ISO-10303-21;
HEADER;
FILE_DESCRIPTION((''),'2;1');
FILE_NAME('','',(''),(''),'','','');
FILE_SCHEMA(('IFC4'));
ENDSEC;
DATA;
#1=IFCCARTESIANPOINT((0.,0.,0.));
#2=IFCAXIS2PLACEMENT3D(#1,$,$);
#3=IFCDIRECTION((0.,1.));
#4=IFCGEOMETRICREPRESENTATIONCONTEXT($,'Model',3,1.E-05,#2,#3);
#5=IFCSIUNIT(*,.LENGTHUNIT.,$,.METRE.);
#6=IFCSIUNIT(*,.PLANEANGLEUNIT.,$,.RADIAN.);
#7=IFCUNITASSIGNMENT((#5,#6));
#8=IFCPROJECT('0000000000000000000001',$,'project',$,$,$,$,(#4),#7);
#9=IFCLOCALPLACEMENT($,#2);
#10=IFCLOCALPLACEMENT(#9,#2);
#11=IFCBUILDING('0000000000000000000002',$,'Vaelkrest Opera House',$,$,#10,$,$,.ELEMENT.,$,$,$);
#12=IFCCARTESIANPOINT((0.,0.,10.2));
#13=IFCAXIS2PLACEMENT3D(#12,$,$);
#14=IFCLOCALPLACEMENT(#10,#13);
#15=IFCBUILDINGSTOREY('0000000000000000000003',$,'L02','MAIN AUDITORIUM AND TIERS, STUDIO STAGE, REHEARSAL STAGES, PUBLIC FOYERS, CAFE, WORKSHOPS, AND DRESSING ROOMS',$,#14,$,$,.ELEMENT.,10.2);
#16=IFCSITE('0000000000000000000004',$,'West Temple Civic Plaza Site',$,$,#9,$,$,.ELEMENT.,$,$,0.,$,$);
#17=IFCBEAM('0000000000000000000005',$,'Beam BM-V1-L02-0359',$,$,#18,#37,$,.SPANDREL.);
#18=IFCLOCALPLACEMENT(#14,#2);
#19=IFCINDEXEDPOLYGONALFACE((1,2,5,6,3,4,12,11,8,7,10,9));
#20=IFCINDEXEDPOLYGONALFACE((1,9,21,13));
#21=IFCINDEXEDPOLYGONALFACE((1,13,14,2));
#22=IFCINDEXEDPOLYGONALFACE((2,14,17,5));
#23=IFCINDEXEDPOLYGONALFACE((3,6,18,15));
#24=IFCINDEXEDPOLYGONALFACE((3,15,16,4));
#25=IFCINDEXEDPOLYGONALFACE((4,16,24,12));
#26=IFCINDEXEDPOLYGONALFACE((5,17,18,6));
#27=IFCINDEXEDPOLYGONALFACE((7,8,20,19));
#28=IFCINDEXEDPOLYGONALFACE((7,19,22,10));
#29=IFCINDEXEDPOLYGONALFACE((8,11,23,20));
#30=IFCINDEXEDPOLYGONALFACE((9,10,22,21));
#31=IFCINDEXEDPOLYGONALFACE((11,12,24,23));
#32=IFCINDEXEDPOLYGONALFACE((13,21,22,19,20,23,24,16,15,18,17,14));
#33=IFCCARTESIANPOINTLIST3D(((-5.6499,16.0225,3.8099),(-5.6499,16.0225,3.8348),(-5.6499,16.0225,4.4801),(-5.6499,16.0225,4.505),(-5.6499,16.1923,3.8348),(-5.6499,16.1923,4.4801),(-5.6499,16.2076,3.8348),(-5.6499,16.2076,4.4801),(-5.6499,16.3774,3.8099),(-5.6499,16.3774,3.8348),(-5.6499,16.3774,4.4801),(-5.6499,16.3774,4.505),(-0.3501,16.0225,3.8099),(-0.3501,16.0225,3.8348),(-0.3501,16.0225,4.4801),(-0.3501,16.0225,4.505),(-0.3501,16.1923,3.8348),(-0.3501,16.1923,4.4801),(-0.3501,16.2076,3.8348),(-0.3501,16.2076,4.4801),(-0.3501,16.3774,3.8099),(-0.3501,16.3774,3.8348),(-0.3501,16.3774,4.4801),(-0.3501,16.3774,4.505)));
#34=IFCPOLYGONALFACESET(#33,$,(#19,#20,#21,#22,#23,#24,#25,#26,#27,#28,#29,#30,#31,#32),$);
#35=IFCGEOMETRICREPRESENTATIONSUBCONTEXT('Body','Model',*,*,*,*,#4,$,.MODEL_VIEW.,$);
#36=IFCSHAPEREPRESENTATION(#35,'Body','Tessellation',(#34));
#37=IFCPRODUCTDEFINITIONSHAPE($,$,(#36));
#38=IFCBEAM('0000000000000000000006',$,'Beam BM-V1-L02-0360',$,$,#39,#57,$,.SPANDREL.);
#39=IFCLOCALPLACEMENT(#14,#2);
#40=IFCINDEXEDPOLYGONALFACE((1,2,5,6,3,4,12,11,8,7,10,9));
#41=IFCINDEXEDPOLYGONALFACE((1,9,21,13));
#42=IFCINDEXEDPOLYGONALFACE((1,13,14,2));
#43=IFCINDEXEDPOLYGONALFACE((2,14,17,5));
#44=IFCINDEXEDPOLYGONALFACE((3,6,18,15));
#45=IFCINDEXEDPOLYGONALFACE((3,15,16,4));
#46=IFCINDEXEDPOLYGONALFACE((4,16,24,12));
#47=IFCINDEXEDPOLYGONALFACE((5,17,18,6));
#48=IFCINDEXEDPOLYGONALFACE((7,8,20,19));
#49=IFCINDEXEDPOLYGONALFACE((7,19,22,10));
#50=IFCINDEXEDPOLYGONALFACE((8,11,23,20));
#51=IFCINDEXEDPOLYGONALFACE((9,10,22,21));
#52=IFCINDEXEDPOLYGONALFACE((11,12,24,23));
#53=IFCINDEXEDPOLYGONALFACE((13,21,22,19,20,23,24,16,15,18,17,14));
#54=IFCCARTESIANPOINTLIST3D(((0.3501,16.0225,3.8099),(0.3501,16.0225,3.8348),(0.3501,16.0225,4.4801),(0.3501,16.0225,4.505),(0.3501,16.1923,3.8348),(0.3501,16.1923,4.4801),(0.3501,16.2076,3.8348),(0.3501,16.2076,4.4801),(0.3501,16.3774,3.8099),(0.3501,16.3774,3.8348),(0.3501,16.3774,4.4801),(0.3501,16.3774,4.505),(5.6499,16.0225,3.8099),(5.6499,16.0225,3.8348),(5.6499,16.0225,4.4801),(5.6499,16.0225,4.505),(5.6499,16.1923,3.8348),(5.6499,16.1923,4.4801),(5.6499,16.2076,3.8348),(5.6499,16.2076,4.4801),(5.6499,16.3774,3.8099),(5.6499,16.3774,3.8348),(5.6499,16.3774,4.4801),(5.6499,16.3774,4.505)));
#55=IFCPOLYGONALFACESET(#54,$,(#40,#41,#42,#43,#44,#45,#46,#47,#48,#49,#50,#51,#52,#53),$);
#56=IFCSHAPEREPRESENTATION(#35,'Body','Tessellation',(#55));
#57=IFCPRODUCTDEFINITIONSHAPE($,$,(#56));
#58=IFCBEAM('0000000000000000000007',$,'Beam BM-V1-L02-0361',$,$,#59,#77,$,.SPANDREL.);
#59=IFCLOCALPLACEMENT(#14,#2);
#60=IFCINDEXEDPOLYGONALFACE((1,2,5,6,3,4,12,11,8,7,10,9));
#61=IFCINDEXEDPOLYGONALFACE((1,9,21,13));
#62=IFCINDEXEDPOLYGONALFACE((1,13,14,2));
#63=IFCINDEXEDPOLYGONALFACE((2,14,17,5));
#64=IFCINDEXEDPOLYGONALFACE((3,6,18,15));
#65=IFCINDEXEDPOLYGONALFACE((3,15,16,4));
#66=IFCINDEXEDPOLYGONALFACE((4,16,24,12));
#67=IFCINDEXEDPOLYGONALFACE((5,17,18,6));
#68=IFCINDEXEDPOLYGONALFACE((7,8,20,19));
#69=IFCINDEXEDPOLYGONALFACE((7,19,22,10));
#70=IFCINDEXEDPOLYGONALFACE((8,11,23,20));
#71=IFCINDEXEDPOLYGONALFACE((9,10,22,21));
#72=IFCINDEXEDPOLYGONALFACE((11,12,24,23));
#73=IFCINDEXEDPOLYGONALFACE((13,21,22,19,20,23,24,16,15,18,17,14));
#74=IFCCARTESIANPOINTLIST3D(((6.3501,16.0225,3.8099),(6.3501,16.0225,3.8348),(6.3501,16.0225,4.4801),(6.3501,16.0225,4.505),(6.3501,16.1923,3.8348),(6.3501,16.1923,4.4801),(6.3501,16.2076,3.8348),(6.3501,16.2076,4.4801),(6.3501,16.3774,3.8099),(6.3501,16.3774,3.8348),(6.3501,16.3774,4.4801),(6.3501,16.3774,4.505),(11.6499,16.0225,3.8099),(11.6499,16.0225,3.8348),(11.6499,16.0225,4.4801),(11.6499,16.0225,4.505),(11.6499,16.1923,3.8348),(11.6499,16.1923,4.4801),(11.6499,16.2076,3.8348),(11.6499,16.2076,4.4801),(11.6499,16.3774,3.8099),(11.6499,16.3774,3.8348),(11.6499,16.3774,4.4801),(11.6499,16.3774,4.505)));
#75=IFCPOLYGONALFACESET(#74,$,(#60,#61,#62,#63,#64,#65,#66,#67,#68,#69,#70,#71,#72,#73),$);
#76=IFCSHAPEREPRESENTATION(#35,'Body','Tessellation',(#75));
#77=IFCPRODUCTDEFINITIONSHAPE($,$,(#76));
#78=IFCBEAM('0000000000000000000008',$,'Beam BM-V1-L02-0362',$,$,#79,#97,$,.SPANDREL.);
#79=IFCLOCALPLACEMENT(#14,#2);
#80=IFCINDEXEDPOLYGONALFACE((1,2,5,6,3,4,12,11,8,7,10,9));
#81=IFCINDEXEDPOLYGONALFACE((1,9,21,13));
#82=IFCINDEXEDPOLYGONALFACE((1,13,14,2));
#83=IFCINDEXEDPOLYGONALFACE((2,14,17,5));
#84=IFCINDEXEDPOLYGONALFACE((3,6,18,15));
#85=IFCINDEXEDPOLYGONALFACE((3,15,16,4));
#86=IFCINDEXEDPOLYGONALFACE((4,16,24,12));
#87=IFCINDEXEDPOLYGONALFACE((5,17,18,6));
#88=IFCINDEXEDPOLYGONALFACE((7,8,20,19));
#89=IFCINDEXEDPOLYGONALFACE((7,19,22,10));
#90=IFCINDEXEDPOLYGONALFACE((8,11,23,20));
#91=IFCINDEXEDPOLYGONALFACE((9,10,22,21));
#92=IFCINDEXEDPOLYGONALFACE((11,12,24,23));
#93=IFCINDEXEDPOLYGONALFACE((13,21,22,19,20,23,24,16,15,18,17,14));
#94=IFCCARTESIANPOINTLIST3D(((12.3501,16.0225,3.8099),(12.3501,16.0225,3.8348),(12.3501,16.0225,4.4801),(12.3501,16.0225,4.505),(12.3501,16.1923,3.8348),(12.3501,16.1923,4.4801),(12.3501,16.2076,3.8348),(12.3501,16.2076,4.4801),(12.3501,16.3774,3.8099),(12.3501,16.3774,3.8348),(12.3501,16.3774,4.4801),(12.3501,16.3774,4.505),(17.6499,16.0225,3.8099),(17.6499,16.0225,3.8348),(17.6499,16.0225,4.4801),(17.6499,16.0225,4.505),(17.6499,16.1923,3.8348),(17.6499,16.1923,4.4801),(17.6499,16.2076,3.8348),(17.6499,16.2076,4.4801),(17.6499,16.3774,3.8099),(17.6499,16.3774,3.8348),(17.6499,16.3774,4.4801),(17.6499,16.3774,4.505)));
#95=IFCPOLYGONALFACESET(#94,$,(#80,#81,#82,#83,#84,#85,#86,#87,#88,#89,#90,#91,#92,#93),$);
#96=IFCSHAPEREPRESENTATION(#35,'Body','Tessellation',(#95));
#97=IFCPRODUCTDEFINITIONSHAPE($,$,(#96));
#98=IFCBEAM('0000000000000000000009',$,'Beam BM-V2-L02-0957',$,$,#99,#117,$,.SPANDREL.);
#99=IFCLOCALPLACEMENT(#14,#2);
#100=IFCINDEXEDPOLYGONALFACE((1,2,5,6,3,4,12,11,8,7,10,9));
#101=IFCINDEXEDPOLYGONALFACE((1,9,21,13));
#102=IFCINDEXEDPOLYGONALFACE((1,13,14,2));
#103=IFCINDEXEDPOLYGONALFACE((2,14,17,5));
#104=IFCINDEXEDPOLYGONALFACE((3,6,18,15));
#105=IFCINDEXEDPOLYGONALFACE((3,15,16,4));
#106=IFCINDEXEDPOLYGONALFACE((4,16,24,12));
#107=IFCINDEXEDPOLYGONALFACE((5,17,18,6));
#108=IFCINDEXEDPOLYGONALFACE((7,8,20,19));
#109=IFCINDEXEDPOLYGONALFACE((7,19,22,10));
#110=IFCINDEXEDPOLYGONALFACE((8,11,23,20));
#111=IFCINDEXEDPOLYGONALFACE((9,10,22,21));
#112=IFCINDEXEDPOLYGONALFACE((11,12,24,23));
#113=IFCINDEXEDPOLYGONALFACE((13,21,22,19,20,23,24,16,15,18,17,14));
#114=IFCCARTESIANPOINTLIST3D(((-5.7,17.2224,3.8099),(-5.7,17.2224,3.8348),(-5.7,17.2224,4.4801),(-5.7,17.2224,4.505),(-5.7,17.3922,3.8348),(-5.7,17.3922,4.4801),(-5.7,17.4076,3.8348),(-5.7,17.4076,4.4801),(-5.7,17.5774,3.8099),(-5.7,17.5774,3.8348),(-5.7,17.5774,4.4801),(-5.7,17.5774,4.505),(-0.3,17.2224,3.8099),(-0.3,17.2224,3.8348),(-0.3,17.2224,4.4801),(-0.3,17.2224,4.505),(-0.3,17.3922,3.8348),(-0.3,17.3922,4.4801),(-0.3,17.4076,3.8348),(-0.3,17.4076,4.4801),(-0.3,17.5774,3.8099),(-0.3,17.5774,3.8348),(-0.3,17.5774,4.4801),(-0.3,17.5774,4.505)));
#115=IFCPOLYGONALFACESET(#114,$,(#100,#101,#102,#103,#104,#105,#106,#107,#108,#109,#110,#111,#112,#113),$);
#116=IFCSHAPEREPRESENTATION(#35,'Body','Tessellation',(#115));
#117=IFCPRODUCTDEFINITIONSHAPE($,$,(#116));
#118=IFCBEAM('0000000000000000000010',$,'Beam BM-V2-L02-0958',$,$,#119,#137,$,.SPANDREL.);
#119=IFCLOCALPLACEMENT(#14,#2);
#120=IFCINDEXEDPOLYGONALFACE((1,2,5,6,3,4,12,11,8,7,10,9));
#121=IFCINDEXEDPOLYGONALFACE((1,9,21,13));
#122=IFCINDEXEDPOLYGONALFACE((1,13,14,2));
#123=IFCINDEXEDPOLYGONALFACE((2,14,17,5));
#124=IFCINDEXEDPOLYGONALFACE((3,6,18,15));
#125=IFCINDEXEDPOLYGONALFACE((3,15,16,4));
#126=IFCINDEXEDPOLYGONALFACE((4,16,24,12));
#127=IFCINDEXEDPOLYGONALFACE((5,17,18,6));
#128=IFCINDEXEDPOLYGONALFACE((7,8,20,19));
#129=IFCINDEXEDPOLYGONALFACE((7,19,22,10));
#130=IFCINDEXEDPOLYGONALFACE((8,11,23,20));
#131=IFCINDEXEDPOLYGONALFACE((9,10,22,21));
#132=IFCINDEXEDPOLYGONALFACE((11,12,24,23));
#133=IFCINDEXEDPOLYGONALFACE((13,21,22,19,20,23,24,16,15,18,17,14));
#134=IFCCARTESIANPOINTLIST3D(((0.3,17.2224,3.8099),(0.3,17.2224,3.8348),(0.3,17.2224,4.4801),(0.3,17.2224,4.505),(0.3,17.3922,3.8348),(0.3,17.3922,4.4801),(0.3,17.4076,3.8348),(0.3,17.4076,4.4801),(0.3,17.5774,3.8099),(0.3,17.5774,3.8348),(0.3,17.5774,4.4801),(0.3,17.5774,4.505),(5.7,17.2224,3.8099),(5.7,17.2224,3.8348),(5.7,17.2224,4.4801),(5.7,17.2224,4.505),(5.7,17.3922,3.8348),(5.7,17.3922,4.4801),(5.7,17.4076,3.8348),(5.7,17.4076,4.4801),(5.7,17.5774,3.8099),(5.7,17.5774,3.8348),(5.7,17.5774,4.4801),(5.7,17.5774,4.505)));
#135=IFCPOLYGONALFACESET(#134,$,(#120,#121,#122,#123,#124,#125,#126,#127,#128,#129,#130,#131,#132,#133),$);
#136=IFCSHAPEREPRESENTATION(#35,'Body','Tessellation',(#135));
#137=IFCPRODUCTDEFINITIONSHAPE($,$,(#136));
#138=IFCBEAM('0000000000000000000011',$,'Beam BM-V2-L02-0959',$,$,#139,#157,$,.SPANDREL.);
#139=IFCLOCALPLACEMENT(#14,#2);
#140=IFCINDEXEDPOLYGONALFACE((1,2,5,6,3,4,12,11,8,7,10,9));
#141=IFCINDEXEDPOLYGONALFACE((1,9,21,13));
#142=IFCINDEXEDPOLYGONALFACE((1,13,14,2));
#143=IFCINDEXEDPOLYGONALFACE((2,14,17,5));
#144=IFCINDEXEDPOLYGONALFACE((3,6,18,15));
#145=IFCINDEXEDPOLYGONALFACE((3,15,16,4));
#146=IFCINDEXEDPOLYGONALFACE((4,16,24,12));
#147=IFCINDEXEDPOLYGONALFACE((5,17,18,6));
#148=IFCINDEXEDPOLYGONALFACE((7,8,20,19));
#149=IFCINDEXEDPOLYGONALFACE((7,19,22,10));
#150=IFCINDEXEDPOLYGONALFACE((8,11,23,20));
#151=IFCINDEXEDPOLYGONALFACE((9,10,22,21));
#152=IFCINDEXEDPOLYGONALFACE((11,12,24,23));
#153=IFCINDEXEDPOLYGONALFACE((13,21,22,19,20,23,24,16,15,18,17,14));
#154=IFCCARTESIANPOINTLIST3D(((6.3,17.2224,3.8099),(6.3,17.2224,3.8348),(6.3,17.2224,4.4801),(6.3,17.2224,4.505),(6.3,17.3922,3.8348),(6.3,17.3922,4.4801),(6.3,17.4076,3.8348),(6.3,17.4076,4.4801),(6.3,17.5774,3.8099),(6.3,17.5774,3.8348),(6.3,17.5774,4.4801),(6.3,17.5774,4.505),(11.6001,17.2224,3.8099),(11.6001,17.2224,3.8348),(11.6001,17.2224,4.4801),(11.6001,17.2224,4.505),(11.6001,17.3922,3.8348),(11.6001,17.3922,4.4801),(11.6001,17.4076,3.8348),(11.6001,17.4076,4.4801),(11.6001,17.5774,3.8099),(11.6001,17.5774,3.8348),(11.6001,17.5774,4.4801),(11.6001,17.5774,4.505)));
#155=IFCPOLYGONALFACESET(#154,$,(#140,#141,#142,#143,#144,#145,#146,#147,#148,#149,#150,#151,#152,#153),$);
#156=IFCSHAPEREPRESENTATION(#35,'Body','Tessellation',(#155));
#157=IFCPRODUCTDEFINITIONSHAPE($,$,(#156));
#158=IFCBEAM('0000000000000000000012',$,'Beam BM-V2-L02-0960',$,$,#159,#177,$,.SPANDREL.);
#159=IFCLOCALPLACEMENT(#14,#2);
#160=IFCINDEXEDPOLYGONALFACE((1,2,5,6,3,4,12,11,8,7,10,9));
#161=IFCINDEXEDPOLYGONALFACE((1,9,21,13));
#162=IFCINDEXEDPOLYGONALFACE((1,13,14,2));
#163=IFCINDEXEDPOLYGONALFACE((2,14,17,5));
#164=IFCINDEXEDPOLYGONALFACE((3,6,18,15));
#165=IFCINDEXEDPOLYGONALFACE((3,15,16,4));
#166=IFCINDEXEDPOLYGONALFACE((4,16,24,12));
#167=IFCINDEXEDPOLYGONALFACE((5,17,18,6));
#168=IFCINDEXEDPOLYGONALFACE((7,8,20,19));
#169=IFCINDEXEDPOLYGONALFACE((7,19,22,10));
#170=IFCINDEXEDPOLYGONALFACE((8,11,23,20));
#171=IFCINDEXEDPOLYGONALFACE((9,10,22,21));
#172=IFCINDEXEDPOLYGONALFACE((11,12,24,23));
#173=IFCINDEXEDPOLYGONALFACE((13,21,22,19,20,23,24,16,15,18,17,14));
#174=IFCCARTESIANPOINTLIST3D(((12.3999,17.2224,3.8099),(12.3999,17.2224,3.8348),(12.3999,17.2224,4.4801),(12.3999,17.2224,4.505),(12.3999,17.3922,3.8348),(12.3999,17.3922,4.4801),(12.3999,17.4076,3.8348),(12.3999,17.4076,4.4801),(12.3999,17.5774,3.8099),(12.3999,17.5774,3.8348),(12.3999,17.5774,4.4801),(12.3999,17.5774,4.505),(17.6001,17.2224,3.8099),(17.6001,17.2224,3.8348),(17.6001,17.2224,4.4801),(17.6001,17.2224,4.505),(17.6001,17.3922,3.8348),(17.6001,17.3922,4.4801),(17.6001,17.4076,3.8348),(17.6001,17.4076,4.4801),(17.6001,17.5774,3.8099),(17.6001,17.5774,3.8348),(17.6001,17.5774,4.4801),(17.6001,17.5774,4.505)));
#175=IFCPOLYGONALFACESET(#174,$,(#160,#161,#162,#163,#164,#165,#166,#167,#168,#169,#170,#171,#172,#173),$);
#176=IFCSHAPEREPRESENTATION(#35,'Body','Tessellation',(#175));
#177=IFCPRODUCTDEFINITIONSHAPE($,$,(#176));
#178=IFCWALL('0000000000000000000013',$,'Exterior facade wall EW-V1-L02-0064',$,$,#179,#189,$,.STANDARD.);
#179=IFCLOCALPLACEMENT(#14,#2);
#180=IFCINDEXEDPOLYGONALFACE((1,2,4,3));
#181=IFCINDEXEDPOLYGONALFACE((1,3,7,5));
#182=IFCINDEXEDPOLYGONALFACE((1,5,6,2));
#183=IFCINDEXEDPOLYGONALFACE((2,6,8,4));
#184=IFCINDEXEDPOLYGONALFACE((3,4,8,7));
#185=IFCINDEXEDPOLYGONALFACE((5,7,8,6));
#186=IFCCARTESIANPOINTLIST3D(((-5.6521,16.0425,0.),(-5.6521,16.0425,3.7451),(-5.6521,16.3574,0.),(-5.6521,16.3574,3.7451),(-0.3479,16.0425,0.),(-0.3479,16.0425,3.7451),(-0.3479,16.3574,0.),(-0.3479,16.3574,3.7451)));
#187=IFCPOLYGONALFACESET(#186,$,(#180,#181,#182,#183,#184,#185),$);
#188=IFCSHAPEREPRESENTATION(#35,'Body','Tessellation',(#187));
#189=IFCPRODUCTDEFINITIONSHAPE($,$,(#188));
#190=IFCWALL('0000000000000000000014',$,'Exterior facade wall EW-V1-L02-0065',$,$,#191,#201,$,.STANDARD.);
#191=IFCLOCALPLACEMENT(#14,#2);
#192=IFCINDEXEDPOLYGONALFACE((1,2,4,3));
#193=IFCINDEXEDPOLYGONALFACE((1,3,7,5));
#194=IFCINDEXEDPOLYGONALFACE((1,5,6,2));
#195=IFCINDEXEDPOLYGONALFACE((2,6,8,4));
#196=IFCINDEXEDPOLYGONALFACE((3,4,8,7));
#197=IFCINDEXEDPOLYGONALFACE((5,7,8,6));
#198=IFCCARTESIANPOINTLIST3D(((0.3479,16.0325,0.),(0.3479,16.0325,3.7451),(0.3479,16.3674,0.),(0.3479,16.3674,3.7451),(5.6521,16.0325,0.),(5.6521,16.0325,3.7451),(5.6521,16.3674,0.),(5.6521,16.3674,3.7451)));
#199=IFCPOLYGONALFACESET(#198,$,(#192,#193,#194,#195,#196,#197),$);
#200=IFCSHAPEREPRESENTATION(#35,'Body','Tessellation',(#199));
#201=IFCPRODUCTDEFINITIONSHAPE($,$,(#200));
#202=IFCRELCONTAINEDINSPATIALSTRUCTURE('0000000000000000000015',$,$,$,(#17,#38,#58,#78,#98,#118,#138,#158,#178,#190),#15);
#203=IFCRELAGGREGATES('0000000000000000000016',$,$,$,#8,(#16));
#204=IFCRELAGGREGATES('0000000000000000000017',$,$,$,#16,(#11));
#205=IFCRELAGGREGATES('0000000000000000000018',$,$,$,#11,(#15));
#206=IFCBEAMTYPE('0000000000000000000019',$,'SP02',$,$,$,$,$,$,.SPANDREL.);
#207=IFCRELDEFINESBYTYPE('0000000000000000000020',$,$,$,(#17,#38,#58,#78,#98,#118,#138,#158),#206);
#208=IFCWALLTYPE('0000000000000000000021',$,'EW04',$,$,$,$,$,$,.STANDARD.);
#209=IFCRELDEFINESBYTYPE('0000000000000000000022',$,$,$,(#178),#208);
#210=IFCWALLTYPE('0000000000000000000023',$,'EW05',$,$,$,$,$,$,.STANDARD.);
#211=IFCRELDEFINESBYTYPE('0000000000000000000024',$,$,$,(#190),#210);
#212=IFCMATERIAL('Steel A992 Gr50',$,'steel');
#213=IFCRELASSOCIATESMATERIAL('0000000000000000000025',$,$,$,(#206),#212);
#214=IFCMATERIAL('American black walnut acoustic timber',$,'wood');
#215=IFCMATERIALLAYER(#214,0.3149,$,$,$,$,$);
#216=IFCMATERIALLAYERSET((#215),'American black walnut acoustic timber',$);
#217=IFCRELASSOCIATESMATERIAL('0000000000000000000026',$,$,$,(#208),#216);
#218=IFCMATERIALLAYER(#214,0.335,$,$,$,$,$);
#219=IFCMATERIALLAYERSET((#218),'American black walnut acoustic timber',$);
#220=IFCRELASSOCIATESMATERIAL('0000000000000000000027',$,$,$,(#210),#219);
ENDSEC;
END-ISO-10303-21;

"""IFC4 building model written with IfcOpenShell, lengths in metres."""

from ifc_helpers import new_model, si_unit, direction, frame, frame_2d, origin, origin_2d, place, context, subcontext, project, spatial, rectangle, i_section, extrude, material, layer, layer_set, material_profile, profile_set, type_object, element, save


model = new_model("IFC4")

# Units and contexts
model_context = context("Model", 3, precision=1e-05, world=origin(), true_north=direction((0.0, 1.0)))
body_context = subcontext(model_context, "Body", "Model", "MODEL_VIEW")
ifc_project = project(units=[si_unit("LENGTHUNIT", "METRE"), si_unit("PLANEANGLEUNIT", "RADIAN")], contexts=[model_context])

# Site, building, storey
site_placement = place(None, origin())
site = spatial("IfcSite", under=ifc_project, at=site_placement, Name="West Temple Civic Plaza Site", CompositionType="ELEMENT", RefElevation=0.0)
building_placement = place(site_placement, origin())
building = spatial("IfcBuilding", under=site, at=building_placement, Name="Vaelkrest Opera House", CompositionType="ELEMENT")
storey_placement = place(building_placement, frame((0.0, 0.0, 10.2)))
storey = spatial("IfcBuildingStorey", under=building, at=storey_placement, Name="L02", Description="MAIN AUDITORIUM AND TIERS, STUDIO STAGE, REHEARSAL STAGES, PUBLIC FOYERS, CAFE, WORKSHOPS, AND DRESSING ROOMS", CompositionType="ELEMENT", Elevation=10.2)

# Beams
ifc_material_1 = material(Name="Steel A992 Gr50", Category="steel")
ifc_material_profile_1 = material_profile(ifc_material_1, i_section(OverallWidth=0.355, OverallDepth=0.6951, WebThickness=0.0154, FlangeThickness=0.0249, at=origin_2d()), Name="W27X146")
ifc_profile_set_1 = profile_set([ifc_material_profile_1], Name="Steel A992 Gr50")
beam_type_1 = type_object("IfcBeamType", Name="SP02", PredefinedType="SPANDREL", material=ifc_profile_set_1)
for number, where, z_axis, x_axis, name in (
    (1, (-5.6499, 16.2, 4.1575), (1.0, 0.0, 0.0), (0.0, 1.0, 0.0), "Beam BM-V1-L02-0359"),
    (2, (0.3501, 16.2, 4.1575), (1.0, 0.0, 0.0), (0.0, 1.0, 0.0), "Beam BM-V1-L02-0360"),
    (3, (6.3501, 16.2, 4.1575), (1.0, 0.0, 0.0), (0.0, 1.0, 0.0), "Beam BM-V1-L02-0361"),
    (4, (12.3501, 16.2, 4.1575), (1.0, 0.0, 0.0), (0.0, 1.0, 0.0), "Beam BM-V1-L02-0362"),
):
    element("IfcBeam", number, at=place(storey_placement, frame(where, z_axis=z_axis, x_axis=x_axis)), inside=storey, type_object=beam_type_1, Name=name, PredefinedType="SPANDREL", context=body_context, shape_type="SweptSolid", body=[
        extrude(i_section(OverallWidth=0.355, OverallDepth=0.6951, WebThickness=0.0154, FlangeThickness=0.0249, at=origin_2d()), origin(), (0.0, 0.0, 1.0), 5.2998),
    ])
for number, where, z_axis, x_axis, name in (
    (5, (-5.7, 17.3999, 4.1575), (1.0, 0.0, 0.0), (0.0, 1.0, 0.0), "Beam BM-V2-L02-0957"),
    (6, (0.3, 17.3999, 4.1575), (1.0, 0.0, 0.0), (0.0, 1.0, 0.0), "Beam BM-V2-L02-0958"),
):
    element("IfcBeam", number, at=place(storey_placement, frame(where, z_axis=z_axis, x_axis=x_axis)), inside=storey, type_object=beam_type_1, Name=name, PredefinedType="SPANDREL", context=body_context, shape_type="SweptSolid", body=[
        extrude(i_section(OverallWidth=0.355, OverallDepth=0.6951, WebThickness=0.0154, FlangeThickness=0.0249, at=origin_2d()), origin(), (0.0, 0.0, 1.0), 5.3999),
    ])
beam_1_placement = place(storey_placement, frame((6.3, 17.3999, 4.1575), z_axis=(1.0, 0.0, 0.0), x_axis=(0.0, 1.0, 0.0)))
element("IfcBeam", 7, at=beam_1_placement, inside=storey, type_object=beam_type_1, Name="Beam BM-V2-L02-0959", PredefinedType="SPANDREL", context=body_context, shape_type="SweptSolid", body=[
    extrude(i_section(OverallWidth=0.355, OverallDepth=0.6951, WebThickness=0.0154, FlangeThickness=0.0249, at=origin_2d()), origin(), (0.0, 0.0, 1.0), 5.3),
])
beam_2_placement = place(storey_placement, frame((12.3999, 17.3999, 4.1575), z_axis=(1.0, 0.0, 0.0), x_axis=(0.0, 1.0, 0.0)))
element("IfcBeam", 8, at=beam_2_placement, inside=storey, type_object=beam_type_1, Name="Beam BM-V2-L02-0960", PredefinedType="SPANDREL", context=body_context, shape_type="SweptSolid", body=[
    extrude(i_section(OverallWidth=0.355, OverallDepth=0.6951, WebThickness=0.0154, FlangeThickness=0.0249, at=origin_2d()), origin(), (0.0, 0.0, 1.0), 5.2002),
])

# Walls
ifc_material_2 = material(Name="American black walnut acoustic timber", Category="wood")
ifc_layer_1 = layer(ifc_material_2, 0.3149)
ifc_layer_set_1 = layer_set([ifc_layer_1], Name="American black walnut acoustic timber")
wall_type_1 = type_object("IfcWallType", Name="EW04", PredefinedType="STANDARD", material=ifc_layer_set_1)
wall_1_placement = place(storey_placement, frame((-5.6521, 16.2, 0.0), z_axis=(0.0, 0.0, 1.0), x_axis=(1.0, 0.0, 0.0)))
element("IfcWall", 9, at=wall_1_placement, inside=storey, type_object=wall_type_1, Name="Exterior facade wall EW-V1-L02-0064", PredefinedType="STANDARD", context=body_context, shape_type="SweptSolid", body=[
    extrude(rectangle(XDim=5.3042, YDim=0.3149, at=frame_2d((2.6521, 0.0))), origin(), (0.0, 0.0, 1.0), 3.7451),
])
ifc_layer_2 = layer(ifc_material_2, 0.335)
ifc_layer_set_2 = layer_set([ifc_layer_2], Name="American black walnut acoustic timber")
wall_type_2 = type_object("IfcWallType", Name="EW05", PredefinedType="STANDARD", material=ifc_layer_set_2)
wall_2_placement = place(storey_placement, frame((0.3479, 16.2, 0.0), z_axis=(0.0, 0.0, 1.0), x_axis=(1.0, 0.0, 0.0)))
element("IfcWall", 10, at=wall_2_placement, inside=storey, type_object=wall_type_2, Name="Exterior facade wall EW-V1-L02-0065", PredefinedType="STANDARD", context=body_context, shape_type="SweptSolid", body=[
    extrude(rectangle(XDim=5.3042, YDim=0.335, at=frame_2d((2.6521, 0.0))), origin(), (0.0, 0.0, 1.0), 3.7451),
])

save(model, "model.ifc")
